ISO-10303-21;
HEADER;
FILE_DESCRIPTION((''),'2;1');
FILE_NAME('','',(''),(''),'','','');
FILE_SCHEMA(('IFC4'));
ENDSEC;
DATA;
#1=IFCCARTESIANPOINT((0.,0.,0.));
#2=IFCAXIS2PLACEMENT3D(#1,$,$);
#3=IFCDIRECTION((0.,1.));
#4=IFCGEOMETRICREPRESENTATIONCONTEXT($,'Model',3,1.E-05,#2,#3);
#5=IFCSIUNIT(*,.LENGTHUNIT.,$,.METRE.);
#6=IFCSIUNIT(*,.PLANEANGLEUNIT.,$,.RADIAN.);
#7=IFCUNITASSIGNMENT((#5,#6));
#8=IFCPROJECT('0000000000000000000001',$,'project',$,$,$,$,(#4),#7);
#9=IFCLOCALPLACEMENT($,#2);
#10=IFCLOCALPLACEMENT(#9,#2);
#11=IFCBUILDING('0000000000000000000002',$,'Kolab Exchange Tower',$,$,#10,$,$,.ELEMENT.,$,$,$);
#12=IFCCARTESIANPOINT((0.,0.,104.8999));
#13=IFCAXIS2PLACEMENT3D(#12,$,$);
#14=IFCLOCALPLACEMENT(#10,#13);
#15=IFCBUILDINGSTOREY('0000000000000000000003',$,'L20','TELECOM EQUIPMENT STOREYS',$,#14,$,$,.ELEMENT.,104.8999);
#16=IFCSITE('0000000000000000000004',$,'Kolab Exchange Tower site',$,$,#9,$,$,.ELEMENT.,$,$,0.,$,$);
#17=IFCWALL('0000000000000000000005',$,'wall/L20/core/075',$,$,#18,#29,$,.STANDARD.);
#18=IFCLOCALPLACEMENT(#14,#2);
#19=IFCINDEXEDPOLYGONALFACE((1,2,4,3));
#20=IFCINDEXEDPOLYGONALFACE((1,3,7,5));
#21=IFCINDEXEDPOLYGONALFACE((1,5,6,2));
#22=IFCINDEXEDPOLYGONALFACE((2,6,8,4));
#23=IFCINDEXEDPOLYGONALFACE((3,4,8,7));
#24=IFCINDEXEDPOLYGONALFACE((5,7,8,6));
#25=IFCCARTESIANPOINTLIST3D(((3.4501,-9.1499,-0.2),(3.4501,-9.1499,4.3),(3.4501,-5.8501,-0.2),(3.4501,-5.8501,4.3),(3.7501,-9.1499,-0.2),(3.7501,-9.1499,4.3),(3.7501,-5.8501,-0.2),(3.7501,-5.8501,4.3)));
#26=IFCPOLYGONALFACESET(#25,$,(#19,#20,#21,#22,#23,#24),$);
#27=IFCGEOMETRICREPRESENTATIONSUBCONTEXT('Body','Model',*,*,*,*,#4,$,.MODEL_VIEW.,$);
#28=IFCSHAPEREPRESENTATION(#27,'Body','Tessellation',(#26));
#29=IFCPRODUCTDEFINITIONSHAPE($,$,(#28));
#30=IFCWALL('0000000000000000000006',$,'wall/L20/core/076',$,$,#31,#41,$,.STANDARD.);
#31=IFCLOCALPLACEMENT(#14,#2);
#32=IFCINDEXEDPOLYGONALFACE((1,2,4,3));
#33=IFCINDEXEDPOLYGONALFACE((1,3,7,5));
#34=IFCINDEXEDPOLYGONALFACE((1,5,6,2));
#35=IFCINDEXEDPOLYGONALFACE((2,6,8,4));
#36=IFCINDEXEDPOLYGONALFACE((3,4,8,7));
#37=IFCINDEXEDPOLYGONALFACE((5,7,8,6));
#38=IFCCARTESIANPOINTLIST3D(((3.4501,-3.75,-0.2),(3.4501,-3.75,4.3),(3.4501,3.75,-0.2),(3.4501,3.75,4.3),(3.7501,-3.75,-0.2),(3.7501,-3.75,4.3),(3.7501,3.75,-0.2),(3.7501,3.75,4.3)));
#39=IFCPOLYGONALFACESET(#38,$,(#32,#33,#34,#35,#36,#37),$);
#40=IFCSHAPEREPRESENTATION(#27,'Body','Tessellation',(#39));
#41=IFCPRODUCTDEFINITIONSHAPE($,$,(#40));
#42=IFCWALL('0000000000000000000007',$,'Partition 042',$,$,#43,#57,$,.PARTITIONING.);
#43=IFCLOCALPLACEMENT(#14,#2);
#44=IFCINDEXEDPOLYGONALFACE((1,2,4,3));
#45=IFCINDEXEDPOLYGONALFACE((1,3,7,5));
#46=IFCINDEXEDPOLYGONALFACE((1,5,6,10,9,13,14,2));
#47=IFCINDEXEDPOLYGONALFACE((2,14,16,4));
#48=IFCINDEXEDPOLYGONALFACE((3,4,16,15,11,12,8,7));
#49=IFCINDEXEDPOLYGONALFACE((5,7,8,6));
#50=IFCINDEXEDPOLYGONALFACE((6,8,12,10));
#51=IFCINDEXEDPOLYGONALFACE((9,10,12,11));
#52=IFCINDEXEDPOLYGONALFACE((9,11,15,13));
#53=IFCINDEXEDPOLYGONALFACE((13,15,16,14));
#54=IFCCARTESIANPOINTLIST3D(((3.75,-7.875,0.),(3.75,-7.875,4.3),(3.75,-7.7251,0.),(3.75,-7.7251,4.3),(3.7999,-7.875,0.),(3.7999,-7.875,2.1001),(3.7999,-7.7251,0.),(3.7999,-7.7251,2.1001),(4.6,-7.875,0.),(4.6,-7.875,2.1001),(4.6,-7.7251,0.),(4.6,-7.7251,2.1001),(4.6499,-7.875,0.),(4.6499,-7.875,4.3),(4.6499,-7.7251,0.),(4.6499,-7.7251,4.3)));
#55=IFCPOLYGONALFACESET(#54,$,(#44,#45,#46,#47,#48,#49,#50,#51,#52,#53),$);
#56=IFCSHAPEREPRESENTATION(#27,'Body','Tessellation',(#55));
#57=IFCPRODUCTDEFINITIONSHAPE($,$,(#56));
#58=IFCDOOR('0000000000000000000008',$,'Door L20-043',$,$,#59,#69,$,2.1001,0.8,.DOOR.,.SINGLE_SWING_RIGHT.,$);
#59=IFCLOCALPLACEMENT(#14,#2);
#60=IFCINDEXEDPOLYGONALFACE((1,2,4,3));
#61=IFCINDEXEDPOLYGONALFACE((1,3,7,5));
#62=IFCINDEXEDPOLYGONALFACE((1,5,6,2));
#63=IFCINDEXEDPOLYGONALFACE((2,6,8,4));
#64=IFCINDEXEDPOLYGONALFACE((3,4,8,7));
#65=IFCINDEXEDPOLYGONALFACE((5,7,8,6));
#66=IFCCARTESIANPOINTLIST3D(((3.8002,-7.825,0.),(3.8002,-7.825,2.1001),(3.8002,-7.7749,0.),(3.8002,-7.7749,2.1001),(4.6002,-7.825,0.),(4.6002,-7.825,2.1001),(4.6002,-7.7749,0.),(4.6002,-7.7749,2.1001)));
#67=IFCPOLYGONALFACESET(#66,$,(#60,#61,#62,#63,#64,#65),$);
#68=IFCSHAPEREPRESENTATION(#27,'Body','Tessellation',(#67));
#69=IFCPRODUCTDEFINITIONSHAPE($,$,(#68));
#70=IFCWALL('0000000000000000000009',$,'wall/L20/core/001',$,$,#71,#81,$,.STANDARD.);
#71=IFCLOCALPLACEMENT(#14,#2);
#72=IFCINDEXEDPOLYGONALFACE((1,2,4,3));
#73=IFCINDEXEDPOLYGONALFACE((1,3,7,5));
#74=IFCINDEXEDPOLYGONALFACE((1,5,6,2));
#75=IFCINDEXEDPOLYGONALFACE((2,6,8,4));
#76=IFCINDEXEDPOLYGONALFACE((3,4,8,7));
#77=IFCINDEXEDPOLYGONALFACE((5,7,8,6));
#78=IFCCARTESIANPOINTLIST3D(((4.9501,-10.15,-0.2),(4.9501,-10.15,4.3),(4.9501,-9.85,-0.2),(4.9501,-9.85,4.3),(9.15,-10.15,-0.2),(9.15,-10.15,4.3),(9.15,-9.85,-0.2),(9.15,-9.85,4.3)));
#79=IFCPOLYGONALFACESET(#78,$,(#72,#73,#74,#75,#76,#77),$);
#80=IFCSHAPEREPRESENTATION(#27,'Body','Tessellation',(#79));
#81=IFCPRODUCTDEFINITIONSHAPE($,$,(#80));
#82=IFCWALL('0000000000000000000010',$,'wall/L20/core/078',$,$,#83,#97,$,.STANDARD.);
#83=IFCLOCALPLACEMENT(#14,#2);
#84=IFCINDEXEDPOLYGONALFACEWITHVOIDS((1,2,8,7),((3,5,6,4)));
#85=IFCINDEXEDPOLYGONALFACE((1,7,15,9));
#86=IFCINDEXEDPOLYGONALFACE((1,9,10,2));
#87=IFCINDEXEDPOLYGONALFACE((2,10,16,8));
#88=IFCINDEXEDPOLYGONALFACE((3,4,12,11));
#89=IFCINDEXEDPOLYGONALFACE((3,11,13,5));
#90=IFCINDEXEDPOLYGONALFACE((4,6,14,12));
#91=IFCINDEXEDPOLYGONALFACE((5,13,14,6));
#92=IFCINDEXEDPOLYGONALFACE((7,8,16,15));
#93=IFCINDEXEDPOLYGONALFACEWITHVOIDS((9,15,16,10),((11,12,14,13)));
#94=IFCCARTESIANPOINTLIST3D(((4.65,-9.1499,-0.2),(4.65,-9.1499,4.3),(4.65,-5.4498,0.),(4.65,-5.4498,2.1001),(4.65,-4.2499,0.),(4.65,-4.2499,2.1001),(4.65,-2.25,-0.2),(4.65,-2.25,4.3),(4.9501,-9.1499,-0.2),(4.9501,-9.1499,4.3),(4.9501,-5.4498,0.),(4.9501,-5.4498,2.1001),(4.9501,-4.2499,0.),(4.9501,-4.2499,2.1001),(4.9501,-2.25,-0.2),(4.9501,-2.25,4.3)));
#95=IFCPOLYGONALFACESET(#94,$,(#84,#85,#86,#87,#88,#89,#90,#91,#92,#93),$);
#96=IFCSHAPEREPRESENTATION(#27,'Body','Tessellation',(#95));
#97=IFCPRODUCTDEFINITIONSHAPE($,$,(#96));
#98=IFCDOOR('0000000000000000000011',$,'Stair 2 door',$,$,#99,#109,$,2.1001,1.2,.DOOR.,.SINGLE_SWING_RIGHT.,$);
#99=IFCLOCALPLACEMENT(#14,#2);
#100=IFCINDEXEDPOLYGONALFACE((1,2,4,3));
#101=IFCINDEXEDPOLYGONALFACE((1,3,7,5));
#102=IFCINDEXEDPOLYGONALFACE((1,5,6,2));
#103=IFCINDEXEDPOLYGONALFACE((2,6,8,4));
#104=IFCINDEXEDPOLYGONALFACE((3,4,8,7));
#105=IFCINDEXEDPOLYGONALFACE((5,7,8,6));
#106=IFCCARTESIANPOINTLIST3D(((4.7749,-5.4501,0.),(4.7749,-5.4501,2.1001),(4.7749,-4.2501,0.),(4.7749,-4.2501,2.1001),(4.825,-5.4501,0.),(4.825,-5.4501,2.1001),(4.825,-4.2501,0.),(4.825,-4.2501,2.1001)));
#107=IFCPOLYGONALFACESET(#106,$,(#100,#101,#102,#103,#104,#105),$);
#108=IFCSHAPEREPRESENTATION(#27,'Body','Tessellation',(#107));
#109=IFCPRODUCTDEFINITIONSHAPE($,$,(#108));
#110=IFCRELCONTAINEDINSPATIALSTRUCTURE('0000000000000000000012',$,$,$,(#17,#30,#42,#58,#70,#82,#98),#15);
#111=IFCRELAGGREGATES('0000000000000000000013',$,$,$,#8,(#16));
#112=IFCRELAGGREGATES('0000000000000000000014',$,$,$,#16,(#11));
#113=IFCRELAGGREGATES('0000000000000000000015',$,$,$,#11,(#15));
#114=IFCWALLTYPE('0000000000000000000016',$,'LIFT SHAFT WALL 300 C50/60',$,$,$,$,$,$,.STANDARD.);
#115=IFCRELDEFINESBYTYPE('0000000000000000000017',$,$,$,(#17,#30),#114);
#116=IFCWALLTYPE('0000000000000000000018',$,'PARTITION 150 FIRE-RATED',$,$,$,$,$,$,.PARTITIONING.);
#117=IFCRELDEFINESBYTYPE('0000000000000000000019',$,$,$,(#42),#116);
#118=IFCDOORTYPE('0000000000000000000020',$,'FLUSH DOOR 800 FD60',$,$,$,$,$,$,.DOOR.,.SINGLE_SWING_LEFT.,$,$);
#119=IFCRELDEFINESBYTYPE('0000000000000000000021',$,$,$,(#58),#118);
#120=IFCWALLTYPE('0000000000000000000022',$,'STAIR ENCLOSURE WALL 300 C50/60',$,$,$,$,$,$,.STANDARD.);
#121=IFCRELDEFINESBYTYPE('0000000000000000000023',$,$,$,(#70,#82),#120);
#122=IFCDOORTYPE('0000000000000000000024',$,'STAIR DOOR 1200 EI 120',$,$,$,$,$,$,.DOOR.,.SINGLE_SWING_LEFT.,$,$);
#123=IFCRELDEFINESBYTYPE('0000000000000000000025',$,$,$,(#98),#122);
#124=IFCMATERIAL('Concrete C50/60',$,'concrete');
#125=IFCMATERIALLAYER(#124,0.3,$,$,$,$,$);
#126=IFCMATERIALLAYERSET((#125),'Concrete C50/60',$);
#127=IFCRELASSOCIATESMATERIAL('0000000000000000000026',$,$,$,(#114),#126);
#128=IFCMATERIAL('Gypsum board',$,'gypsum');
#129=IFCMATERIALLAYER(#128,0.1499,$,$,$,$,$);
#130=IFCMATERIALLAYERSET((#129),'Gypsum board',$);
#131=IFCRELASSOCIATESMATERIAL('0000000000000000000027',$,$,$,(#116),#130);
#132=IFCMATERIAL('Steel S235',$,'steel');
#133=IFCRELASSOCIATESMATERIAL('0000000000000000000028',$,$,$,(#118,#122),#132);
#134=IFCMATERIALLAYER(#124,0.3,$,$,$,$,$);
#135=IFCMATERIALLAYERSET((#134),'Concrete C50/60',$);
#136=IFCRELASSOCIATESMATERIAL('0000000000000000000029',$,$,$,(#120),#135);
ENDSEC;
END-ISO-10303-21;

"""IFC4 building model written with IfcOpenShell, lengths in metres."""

from ifc_helpers import new_model, si_unit, direction, frame, frame_2d, origin, place, context, subcontext, project, spatial, rectangle, extrude, material, layer, layer_set, type_object, element, fill, save


model = new_model("IFC4")

# Units and contexts
model_context = context("Model", 3, precision=1e-05, world=origin(), true_north=direction((0.0, 1.0)))
body_context = subcontext(model_context, "Body", "Model", "MODEL_VIEW")
ifc_project = project(units=[si_unit("LENGTHUNIT", "METRE"), si_unit("PLANEANGLEUNIT", "RADIAN")], contexts=[model_context])

# Site, building, storey
site_placement = place(None, origin())
site = spatial("IfcSite", under=ifc_project, at=site_placement, Name="Kolab Exchange Tower site", CompositionType="ELEMENT", RefElevation=0.0)
building_placement = place(site_placement, origin())
building = spatial("IfcBuilding", under=site, at=building_placement, Name="Kolab Exchange Tower", CompositionType="ELEMENT")
storey_placement = place(building_placement, frame((0.0, 0.0, 104.8999)))
storey = spatial("IfcBuildingStorey", under=building, at=storey_placement, Name="L20", Description="TELECOM EQUIPMENT STOREYS", CompositionType="ELEMENT", Elevation=104.8999)

# Shared definitions
ifc_material_1 = material(Name="Steel S235", Category="steel")

# Shared definitions
ifc_material_2 = material(Name="Concrete C50/60", Category="concrete")
ifc_layer_1 = layer(ifc_material_2, 0.3)
ifc_layer_set_1 = layer_set([ifc_layer_1], Name="Concrete C50/60")
wall_type_1 = type_object("IfcWallType", Name="LIFT SHAFT WALL 300 C50/60", PredefinedType="STANDARD", material=ifc_layer_set_1)

# Walls
wall_1_placement = place(storey_placement, frame((3.6001, -9.1499, -0.2), z_axis=(0.0, 0.0, 1.0), x_axis=(0.0, 1.0, 0.0)))
element("IfcWall", 1, at=wall_1_placement, inside=storey, type_object=wall_type_1, Name="wall/L20/core/075", PredefinedType="STANDARD", context=body_context, shape_type="SweptSolid", body=[
    extrude(rectangle(XDim=3.2998, YDim=0.3, at=frame_2d((1.6499, 0.0))), origin(), (0.0, 0.0, 1.0), 4.5),
])
wall_2_placement = place(storey_placement, frame((3.6001, -3.75, -0.2), z_axis=(0.0, 0.0, 1.0), x_axis=(0.0, 1.0, 0.0)))
element("IfcWall", 2, at=wall_2_placement, inside=storey, type_object=wall_type_1, Name="wall/L20/core/076", PredefinedType="STANDARD", context=body_context, shape_type="SweptSolid", body=[
    extrude(rectangle(XDim=7.5, YDim=0.3, at=frame_2d((3.75, 0.0))), origin(), (0.0, 0.0, 1.0), 4.5),
])

# Wall, opening, door
ifc_material_3 = material(Name="Gypsum board", Category="gypsum")
ifc_layer_2 = layer(ifc_material_3, 0.1499)
ifc_layer_set_2 = layer_set([ifc_layer_2], Name="Gypsum board")
wall_type_2 = type_object("IfcWallType", Name="PARTITION 150 FIRE-RATED", PredefinedType="PARTITIONING", material=ifc_layer_set_2)
wall_3_placement = place(storey_placement, frame((3.75, -7.8, 0.0), z_axis=(0.0, 0.0, 1.0), x_axis=(1.0, 0.0, 0.0)))
wall_3 = element("IfcWall", 3, at=wall_3_placement, inside=storey, type_object=wall_type_2, Name="Partition 042", PredefinedType="PARTITIONING", context=body_context, shape_type="SweptSolid", body=[
    extrude(rectangle(XDim=0.8999, YDim=0.1499, at=frame_2d((0.45, 0.0))), origin(), (0.0, 0.0, 1.0), 4.3),
])
opening_1_placement = place(wall_3_placement, frame((0.05, 0.0, 0.0)))
opening_1 = element("IfcOpeningElement", 4, at=opening_1_placement, cuts=wall_3, PredefinedType="OPENING", context=body_context, shape_type="SweptSolid", body=[
    extrude(rectangle(XDim=0.8, YDim=2.1001, at=frame_2d((0.3999, 1.05))), frame((0.0, 0.085, 0.0), z_axis=(0.0, -1.0, 0.0), x_axis=(1.0, 0.0, 0.0)), (0.0, 0.0, 1.0), 0.1699),
])
door_type_1 = type_object("IfcDoorType", Name="FLUSH DOOR 800 FD60", OperationType="SINGLE_SWING_LEFT", PredefinedType="DOOR", material=ifc_material_1)
door_1_placement = place(opening_1_placement, frame((0.8, 0.0, 0.0), z_axis=(0.0, 0.0, 1.0), x_axis=(-1.0, 0.0, 0.0)))
door_1 = element("IfcDoor", 5, at=door_1_placement, inside=storey, type_object=door_type_1, Name="Door L20-043", OperationType="SINGLE_SWING_RIGHT", OverallHeight=2.1001, OverallWidth=0.8, PredefinedType="DOOR", context=body_context, shape_type="SweptSolid", body=[
    extrude(rectangle(XDim=0.8, YDim=2.1001, at=frame_2d((0.3999, 1.05))), frame((0.0, 0.0249, 0.0), z_axis=(0.0, -1.0, 0.0), x_axis=(1.0, 0.0, 0.0)), (0.0, 0.0, 1.0), 0.05),
])
fill(opening_1, door_1)

# Wall
ifc_layer_3 = layer(ifc_material_2, 0.3)
ifc_layer_set_3 = layer_set([ifc_layer_3], Name="Concrete C50/60")
wall_type_3 = type_object("IfcWallType", Name="STAIR ENCLOSURE WALL 300 C50/60", PredefinedType="STANDARD", material=ifc_layer_set_3)
wall_4_placement = place(storey_placement, frame((4.95, -10.0, -0.2), z_axis=(0.0, 0.0, 1.0), x_axis=(1.0, 0.0, 0.0)))
element("IfcWall", 6, at=wall_4_placement, inside=storey, type_object=wall_type_3, Name="wall/L20/core/001", PredefinedType="STANDARD", context=body_context, shape_type="SweptSolid", body=[
    extrude(rectangle(XDim=4.2, YDim=0.3, at=frame_2d((2.1001, 0.0))), origin(), (0.0, 0.0, 1.0), 4.5),
])

# Wall, opening, door
wall_5_placement = place(storey_placement, frame((4.8, -9.1499, -0.2), z_axis=(0.0, 0.0, 1.0), x_axis=(0.0, 1.0, 0.0)))
wall_5 = element("IfcWall", 7, at=wall_5_placement, inside=storey, type_object=wall_type_3, Name="wall/L20/core/078", PredefinedType="STANDARD", context=body_context, shape_type="SweptSolid", body=[
    extrude(rectangle(XDim=6.8999, YDim=0.3, at=frame_2d((3.45, 0.0))), origin(), (0.0, 0.0, 1.0), 4.5),
])
opening_2_placement = place(wall_5_placement, frame((3.7, 0.0, 0.2)))
opening_2 = element("IfcOpeningElement", 8, at=opening_2_placement, cuts=wall_5, PredefinedType="OPENING", context=body_context, shape_type="SweptSolid", body=[
    extrude(rectangle(XDim=1.2, YDim=2.1001, at=frame_2d((0.6001, 1.05))), frame((0.0, 0.1602, 0.0), z_axis=(0.0, -1.0, 0.0), x_axis=(1.0, 0.0, 0.0)), (0.0, 0.0, 1.0), 0.3201),
])
door_type_2 = type_object("IfcDoorType", Name="STAIR DOOR 1200 EI 120", OperationType="SINGLE_SWING_LEFT", PredefinedType="DOOR", material=ifc_material_1)
door_2_placement = place(opening_2_placement, frame((1.2, 0.0, 0.0), z_axis=(0.0, 0.0, 1.0), x_axis=(-1.0, 0.0, 0.0)))
door_2 = element("IfcDoor", 9, at=door_2_placement, inside=storey, type_object=door_type_2, Name="Stair 2 door", OperationType="SINGLE_SWING_RIGHT", OverallHeight=2.1001, OverallWidth=1.2, PredefinedType="DOOR", context=body_context, shape_type="SweptSolid", body=[
    extrude(rectangle(XDim=1.2, YDim=2.1001, at=frame_2d((0.6001, 1.05))), frame((0.0, 0.0249, 0.0), z_axis=(0.0, -1.0, 0.0), x_axis=(1.0, 0.0, 0.0)), (0.0, 0.0, 1.0), 0.05),
])
fill(opening_2, door_2)

save(model, "model.ifc")
